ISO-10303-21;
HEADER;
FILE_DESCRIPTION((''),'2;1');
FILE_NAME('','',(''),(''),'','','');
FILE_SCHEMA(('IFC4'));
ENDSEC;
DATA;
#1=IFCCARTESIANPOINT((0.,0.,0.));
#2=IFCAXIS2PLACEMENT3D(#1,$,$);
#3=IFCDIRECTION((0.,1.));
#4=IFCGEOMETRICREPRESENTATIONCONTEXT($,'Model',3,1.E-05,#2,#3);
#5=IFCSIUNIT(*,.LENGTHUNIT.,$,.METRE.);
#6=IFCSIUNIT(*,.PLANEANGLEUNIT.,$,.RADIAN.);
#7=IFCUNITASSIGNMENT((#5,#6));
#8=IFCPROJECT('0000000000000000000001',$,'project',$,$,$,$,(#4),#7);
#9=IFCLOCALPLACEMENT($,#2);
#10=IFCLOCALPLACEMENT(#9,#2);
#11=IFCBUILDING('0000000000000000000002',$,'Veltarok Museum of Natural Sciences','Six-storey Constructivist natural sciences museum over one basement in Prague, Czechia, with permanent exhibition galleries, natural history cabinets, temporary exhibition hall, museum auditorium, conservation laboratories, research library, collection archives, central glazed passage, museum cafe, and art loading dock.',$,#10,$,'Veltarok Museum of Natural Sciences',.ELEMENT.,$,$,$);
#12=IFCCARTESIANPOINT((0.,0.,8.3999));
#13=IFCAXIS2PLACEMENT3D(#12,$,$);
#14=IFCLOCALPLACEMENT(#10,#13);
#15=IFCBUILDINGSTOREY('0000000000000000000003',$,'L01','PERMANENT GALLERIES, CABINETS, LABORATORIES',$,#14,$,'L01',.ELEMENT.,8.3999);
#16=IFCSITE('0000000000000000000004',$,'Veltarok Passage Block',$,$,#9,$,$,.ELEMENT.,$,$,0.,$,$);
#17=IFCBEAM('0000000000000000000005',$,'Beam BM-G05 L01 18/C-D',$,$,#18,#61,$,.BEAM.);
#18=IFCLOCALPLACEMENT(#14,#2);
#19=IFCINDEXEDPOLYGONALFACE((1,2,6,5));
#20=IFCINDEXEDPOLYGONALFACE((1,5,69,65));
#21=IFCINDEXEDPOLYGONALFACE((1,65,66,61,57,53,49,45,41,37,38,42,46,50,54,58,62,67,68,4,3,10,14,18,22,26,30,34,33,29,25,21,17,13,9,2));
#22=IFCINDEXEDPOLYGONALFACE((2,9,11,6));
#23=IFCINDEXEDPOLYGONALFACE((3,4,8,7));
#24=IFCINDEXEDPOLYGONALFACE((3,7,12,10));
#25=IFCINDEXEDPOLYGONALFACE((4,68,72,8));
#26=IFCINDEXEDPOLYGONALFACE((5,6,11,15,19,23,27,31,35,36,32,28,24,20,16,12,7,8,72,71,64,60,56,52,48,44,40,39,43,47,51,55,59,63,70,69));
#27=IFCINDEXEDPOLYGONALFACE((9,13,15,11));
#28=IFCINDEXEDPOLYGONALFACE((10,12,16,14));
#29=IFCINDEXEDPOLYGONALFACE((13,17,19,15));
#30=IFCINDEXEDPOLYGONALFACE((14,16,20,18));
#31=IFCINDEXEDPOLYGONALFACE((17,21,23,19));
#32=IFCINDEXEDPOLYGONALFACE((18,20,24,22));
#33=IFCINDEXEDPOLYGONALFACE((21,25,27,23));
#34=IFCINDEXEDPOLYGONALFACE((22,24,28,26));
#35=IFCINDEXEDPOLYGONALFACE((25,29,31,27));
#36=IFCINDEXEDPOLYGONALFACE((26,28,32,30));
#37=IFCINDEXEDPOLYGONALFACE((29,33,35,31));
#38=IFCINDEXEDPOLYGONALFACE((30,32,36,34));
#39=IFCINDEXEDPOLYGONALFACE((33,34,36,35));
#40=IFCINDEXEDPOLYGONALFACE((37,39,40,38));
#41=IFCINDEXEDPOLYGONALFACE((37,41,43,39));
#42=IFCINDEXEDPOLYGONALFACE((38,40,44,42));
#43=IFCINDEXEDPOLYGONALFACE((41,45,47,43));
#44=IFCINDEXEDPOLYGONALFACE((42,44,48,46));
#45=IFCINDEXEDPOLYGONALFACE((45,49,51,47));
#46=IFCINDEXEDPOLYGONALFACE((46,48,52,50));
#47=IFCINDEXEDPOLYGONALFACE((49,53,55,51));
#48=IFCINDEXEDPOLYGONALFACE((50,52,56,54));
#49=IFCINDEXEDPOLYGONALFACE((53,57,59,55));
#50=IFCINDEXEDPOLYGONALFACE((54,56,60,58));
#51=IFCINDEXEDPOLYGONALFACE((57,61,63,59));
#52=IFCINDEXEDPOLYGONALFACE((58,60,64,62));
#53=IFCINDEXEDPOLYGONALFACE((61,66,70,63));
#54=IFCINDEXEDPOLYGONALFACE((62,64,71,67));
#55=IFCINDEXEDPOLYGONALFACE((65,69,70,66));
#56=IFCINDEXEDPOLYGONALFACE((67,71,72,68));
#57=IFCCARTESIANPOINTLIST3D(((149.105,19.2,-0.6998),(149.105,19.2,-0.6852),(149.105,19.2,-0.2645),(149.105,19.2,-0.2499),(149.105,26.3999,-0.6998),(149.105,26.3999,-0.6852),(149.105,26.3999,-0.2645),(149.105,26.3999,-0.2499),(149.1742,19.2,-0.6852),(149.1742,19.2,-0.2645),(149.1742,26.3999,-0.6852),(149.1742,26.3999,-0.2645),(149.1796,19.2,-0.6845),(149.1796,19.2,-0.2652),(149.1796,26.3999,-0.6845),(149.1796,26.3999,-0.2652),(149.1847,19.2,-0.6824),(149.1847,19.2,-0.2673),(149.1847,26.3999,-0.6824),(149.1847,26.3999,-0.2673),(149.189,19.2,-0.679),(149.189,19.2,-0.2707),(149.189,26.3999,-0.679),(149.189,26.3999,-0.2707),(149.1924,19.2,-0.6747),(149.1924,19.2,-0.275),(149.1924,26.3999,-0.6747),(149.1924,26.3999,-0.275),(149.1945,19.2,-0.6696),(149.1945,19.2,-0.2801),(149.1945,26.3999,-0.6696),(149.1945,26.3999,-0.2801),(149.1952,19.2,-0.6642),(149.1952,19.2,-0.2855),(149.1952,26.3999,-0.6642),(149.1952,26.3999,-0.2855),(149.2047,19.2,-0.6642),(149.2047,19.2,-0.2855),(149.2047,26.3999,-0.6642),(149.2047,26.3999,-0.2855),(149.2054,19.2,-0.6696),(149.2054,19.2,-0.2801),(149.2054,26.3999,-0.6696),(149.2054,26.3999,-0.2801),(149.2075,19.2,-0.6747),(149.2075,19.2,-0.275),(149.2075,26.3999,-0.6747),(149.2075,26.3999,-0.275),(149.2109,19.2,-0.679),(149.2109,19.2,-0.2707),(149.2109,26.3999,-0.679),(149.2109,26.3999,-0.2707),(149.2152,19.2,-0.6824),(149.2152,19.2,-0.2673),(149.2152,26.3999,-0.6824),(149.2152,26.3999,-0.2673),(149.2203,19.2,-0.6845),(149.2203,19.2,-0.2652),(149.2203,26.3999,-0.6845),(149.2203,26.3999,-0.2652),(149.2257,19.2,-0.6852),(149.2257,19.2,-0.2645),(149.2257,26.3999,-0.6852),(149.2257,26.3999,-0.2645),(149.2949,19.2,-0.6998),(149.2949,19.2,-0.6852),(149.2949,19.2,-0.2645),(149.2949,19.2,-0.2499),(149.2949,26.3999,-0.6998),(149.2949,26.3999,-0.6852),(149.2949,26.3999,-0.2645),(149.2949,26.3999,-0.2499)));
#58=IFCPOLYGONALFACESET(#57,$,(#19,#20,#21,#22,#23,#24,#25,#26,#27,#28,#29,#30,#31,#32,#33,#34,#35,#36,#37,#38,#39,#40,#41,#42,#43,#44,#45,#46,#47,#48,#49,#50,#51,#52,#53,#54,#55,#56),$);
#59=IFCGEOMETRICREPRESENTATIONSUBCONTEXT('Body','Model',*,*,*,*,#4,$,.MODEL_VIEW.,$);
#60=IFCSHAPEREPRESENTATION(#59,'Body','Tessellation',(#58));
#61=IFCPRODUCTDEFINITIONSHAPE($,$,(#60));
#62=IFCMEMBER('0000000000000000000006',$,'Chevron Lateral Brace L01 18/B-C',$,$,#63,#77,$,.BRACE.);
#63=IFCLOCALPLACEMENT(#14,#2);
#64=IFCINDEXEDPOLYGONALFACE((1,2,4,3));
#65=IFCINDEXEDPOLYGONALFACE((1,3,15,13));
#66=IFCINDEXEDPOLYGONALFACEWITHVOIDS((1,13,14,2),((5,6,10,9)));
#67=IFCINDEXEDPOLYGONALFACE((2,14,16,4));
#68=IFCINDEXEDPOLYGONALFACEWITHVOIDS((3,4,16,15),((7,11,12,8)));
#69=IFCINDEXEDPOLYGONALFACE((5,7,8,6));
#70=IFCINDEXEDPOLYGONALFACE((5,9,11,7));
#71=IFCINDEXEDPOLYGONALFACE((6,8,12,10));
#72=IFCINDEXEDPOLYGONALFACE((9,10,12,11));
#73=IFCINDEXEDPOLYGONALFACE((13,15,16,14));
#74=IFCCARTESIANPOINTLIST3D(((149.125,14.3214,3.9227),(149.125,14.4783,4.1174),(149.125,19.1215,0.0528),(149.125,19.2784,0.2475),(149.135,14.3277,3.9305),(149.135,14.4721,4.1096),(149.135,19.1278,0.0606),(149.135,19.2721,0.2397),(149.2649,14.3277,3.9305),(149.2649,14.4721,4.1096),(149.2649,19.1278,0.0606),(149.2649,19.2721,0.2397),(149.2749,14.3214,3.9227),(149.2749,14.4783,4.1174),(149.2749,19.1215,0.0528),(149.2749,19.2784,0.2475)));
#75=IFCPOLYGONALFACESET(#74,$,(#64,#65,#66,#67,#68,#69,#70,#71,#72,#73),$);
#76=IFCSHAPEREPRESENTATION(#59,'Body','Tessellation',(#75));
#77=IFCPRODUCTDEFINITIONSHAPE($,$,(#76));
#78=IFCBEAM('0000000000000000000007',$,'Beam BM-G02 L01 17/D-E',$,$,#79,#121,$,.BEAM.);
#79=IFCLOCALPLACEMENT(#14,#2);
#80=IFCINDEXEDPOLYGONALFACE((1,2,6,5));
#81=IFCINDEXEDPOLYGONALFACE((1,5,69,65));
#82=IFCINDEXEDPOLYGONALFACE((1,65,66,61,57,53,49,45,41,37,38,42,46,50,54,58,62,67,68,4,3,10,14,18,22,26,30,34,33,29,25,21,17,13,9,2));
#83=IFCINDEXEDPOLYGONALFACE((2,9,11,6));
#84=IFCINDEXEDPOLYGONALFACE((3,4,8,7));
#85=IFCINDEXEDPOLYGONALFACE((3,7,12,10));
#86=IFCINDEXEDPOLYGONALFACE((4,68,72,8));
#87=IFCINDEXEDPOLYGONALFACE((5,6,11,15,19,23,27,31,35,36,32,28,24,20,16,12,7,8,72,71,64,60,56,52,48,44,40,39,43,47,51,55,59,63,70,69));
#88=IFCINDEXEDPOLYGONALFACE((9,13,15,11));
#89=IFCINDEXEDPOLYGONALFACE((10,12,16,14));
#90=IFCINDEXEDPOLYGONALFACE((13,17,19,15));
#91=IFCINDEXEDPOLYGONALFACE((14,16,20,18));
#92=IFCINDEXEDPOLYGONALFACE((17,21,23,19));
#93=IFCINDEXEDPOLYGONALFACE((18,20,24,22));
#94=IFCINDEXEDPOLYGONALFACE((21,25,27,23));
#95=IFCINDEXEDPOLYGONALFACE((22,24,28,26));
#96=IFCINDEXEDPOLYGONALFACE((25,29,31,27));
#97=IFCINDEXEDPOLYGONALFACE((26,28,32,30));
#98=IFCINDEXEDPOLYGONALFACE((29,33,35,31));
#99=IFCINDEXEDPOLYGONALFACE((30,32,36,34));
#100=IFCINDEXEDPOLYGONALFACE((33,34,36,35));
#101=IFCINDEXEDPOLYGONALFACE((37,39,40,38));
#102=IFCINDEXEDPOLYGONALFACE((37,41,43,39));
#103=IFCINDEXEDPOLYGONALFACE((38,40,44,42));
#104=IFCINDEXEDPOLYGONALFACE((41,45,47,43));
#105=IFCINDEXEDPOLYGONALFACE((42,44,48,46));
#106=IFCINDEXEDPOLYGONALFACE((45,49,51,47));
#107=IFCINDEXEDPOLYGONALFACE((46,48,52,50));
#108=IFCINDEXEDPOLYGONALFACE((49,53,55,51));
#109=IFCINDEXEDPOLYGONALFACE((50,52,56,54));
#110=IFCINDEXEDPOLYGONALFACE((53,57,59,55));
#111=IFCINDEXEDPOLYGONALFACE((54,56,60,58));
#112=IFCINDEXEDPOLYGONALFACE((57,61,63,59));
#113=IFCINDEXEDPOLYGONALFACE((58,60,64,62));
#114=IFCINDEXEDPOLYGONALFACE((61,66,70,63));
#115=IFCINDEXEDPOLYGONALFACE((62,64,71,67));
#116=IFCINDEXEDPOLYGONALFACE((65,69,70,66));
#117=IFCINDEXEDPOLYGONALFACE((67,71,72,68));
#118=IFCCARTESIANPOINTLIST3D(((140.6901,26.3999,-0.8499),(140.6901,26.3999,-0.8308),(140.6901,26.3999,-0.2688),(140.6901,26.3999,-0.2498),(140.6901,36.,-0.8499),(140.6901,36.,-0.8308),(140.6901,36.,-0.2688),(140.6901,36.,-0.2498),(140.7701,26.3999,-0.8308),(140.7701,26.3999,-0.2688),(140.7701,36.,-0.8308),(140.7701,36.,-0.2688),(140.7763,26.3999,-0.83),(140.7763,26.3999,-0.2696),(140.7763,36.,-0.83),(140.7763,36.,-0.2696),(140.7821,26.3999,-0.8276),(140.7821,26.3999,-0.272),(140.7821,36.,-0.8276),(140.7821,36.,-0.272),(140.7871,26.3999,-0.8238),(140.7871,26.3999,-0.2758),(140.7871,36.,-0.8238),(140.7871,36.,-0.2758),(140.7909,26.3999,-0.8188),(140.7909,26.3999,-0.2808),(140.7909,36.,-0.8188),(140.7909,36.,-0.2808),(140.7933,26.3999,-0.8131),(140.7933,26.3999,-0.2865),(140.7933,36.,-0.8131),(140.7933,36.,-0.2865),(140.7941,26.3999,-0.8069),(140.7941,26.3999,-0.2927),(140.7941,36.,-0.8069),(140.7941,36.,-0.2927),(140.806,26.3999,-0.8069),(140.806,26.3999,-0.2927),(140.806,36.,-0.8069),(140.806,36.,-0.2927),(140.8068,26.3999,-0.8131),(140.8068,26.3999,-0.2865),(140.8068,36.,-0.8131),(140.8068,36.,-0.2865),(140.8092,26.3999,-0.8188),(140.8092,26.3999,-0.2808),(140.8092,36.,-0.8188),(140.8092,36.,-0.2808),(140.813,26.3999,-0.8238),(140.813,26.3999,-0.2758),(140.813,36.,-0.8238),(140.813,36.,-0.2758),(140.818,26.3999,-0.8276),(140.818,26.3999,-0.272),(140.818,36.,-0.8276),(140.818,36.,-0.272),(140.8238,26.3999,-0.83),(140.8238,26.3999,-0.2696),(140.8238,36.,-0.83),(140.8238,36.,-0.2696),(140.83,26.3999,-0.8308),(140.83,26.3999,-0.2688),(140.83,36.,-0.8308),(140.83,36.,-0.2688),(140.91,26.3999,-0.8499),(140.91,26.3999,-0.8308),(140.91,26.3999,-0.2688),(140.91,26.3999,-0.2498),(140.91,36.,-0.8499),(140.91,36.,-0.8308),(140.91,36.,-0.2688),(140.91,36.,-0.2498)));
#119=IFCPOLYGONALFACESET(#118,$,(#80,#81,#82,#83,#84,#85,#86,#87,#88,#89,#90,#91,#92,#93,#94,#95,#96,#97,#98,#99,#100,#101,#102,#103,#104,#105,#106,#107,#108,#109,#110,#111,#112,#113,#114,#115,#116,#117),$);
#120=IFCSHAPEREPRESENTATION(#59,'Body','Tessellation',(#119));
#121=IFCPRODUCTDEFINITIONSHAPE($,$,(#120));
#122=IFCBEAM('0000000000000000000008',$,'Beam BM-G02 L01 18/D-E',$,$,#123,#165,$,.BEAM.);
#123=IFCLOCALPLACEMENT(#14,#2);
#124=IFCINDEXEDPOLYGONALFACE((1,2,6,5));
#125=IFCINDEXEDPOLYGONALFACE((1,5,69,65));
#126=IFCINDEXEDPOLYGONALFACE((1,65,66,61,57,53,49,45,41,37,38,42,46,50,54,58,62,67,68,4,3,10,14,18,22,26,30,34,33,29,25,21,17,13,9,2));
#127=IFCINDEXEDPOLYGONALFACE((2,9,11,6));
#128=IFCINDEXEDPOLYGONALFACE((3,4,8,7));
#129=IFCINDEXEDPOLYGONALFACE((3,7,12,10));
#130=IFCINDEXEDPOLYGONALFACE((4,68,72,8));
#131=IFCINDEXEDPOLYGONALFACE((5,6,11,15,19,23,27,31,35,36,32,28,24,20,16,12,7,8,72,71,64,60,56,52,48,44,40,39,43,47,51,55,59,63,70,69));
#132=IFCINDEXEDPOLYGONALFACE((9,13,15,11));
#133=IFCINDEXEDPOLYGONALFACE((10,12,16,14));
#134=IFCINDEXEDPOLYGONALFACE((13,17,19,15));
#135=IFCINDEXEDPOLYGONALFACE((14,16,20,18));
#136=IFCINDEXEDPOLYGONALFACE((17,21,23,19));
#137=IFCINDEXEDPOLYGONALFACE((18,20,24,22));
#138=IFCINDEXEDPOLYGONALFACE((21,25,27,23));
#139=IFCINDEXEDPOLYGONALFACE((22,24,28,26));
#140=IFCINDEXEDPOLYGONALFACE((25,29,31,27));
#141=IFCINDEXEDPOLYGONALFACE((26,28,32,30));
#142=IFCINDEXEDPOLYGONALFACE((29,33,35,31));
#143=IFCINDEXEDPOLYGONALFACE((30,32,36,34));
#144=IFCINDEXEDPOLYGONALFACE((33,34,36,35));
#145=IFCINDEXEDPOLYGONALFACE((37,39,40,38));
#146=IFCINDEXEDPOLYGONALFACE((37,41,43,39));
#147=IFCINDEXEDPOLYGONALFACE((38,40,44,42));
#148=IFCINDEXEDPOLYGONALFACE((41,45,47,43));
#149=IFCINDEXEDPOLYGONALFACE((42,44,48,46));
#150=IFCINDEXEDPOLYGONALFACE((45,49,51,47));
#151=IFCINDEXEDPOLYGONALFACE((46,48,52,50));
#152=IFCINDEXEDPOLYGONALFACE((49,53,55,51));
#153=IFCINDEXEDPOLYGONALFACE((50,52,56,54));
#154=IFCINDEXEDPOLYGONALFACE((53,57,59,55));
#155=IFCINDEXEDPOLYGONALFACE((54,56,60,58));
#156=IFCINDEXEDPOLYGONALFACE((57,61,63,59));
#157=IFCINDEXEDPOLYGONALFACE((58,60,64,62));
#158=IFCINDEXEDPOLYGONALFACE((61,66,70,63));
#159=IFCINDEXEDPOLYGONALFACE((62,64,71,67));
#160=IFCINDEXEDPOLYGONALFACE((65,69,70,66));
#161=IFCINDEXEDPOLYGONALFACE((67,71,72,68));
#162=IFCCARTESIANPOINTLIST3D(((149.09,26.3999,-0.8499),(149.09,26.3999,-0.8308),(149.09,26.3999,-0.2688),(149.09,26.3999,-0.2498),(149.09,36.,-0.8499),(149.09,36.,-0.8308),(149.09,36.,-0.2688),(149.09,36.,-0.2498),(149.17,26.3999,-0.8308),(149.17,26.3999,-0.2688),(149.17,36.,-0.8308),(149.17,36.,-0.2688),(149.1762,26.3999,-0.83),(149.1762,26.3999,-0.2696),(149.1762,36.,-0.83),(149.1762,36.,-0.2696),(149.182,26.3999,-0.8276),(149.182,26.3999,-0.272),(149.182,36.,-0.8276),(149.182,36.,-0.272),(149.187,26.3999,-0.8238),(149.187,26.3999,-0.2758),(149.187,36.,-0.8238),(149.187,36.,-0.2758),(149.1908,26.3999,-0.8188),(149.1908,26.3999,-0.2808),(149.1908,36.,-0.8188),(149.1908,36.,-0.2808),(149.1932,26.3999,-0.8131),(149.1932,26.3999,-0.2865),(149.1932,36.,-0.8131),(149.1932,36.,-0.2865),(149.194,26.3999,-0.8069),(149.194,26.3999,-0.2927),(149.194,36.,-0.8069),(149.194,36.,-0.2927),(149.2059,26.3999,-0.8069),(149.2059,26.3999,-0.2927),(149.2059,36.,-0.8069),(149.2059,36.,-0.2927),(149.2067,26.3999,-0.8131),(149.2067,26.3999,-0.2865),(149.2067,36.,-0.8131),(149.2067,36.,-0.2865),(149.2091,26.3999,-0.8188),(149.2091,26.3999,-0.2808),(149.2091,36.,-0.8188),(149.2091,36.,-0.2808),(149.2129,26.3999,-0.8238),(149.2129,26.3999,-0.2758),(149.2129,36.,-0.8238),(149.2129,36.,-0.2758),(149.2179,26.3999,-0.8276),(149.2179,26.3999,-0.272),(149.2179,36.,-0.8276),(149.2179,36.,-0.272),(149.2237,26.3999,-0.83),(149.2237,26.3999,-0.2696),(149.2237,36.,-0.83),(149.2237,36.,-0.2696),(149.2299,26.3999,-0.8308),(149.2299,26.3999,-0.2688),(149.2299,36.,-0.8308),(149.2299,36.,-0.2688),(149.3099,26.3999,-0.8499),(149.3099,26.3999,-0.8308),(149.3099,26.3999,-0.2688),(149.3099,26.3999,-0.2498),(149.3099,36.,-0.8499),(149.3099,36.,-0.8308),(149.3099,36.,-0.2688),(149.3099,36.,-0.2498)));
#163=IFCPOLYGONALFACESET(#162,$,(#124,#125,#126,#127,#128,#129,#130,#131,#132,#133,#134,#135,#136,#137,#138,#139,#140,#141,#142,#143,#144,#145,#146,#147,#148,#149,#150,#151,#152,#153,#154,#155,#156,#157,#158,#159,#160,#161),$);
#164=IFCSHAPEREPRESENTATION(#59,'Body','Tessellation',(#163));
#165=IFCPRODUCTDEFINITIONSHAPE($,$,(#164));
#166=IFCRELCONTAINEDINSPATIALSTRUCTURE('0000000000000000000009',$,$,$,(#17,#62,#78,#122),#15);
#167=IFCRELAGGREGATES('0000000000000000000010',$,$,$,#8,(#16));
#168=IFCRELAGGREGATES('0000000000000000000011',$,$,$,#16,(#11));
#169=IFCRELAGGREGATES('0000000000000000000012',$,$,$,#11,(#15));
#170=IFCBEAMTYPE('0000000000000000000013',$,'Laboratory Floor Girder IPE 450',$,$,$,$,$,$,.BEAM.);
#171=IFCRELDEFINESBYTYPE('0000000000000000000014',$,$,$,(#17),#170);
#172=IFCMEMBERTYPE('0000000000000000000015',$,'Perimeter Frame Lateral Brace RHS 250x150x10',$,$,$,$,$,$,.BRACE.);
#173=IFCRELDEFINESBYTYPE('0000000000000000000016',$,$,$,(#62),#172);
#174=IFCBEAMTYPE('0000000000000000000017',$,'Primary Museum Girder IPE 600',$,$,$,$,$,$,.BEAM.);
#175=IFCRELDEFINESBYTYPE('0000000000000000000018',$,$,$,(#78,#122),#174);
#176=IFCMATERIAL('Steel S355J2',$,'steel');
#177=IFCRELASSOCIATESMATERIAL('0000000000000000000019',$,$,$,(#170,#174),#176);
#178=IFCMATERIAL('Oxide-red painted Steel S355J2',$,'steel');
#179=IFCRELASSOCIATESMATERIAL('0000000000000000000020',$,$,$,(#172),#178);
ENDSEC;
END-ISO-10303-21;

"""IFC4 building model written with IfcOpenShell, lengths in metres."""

from ifc_helpers import new_model, si_unit, direction, frame, origin, origin_2d, place, context, subcontext, project, spatial, hollow_rectangle, i_section, extrude, material, material_profile, profile_set, type_object, element, save


model = new_model("IFC4")

# Units and contexts
model_context = context("Model", 3, precision=1e-05, world=origin(), true_north=direction((0.0, 1.0)))
body_context = subcontext(model_context, "Body", "Model", "MODEL_VIEW")
ifc_project = project(units=[si_unit("LENGTHUNIT", "METRE"), si_unit("PLANEANGLEUNIT", "RADIAN")], contexts=[model_context])

# Site, building, storey
site_placement = place(None, origin())
site = spatial("IfcSite", under=ifc_project, at=site_placement, Name="Veltarok Passage Block", CompositionType="ELEMENT", RefElevation=0.0)
building_placement = place(site_placement, origin())
building = spatial("IfcBuilding", under=site, at=building_placement, Name="Veltarok Museum of Natural Sciences", Description="Six-storey Constructivist natural sciences museum over one basement in Prague, Czechia, with permanent exhibition galleries, natural history cabinets, temporary exhibition hall, museum auditorium, conservation laboratories, research library, collection archives, central glazed passage, museum cafe, and art loading dock.", LongName="Veltarok Museum of Natural Sciences", CompositionType="ELEMENT")
storey_placement = place(building_placement, frame((0.0, 0.0, 8.3999)))
storey = spatial("IfcBuildingStorey", under=building, at=storey_placement, Name="L01", Description="PERMANENT GALLERIES, CABINETS, LABORATORIES", LongName="L01", CompositionType="ELEMENT", Elevation=8.3999)

# Shared definitions
ifc_material_1 = material(Name="Steel S355J2", Category="steel")

# Beam
ifc_material_profile_1 = material_profile(ifc_material_1, i_section(OverallWidth=0.1899, OverallDepth=0.45, WebThickness=0.0095, FlangeThickness=0.0146, FilletRadius=0.021, at=origin_2d()), Name="IPE 450")
ifc_profile_set_1 = profile_set([ifc_material_profile_1], Name="Steel S355J2")
beam_type_1 = type_object("IfcBeamType", Name="Laboratory Floor Girder IPE 450", PredefinedType="BEAM", material=ifc_profile_set_1)
for number, where, z_axis, x_axis, name in (
    (1, (149.2, 19.2, -0.4749), (0.0, 1.0, 0.0), (-1.0, 0.0, 0.0), "Beam BM-G05 L01 18/C-D"),
):
    element("IfcBeam", number, at=place(storey_placement, frame(where, z_axis=z_axis, x_axis=x_axis)), inside=storey, type_object=beam_type_1, Name=name, PredefinedType="BEAM", context=body_context, shape_type="SweptSolid", body=[
        extrude(i_section(OverallWidth=0.1899, OverallDepth=0.45, WebThickness=0.0095, FlangeThickness=0.0146, FilletRadius=0.021, at=origin_2d()), origin(), (0.0, 0.0, 1.0), 7.2),
    ])

# Member
ifc_material_2 = material(Name="Oxide-red painted Steel S355J2", Category="steel")
ifc_material_profile_2 = material_profile(ifc_material_2, hollow_rectangle(XDim=0.1499, YDim=0.25, WallThickness=0.01, at=origin_2d()), Name="RHS 250x150x10")
ifc_profile_set_2 = profile_set([ifc_material_profile_2], Name="Oxide-red painted Steel S355J2")
member_type = type_object("IfcMemberType", Name="Perimeter Frame Lateral Brace RHS 250x150x10", PredefinedType="BRACE", material=ifc_profile_set_2)
member_placement = place(storey_placement, frame((149.2, 19.2, 0.1501), z_axis=(0.0, -0.778503, 0.627641), x_axis=(1.0, 0.0, 0.0)))
element("IfcMember", 2, at=member_placement, inside=storey, type_object=member_type, Name="Chevron Lateral Brace L01 18/B-C", PredefinedType="BRACE", context=body_context, shape_type="SweptSolid", body=[
    extrude(hollow_rectangle(XDim=0.1499, YDim=0.25, WallThickness=0.01, at=origin_2d()), origin(), (0.0, 0.0, 1.0), 6.1658),
])

# Beams
ifc_material_profile_3 = material_profile(ifc_material_1, i_section(OverallWidth=0.22, OverallDepth=0.6001, WebThickness=0.012, FlangeThickness=0.019, FilletRadius=0.0239, at=origin_2d()), Name="IPE 600")
ifc_profile_set_3 = profile_set([ifc_material_profile_3], Name="Steel S355J2")
beam_type_2 = type_object("IfcBeamType", Name="Primary Museum Girder IPE 600", PredefinedType="BEAM", material=ifc_profile_set_3)
for number, where, z_axis, x_axis, name in (
    (3, (140.8, 26.3999, -0.5498), (0.0, 1.0, 0.0), (-1.0, 0.0, 0.0), "Beam BM-G02 L01 17/D-E"),
    (4, (149.2, 26.3999, -0.5498), (0.0, 1.0, 0.0), (-1.0, 0.0, 0.0), "Beam BM-G02 L01 18/D-E"),
):
    element("IfcBeam", number, at=place(storey_placement, frame(where, z_axis=z_axis, x_axis=x_axis)), inside=storey, type_object=beam_type_2, Name=name, PredefinedType="BEAM", context=body_context, shape_type="SweptSolid", body=[
        extrude(i_section(OverallWidth=0.22, OverallDepth=0.6001, WebThickness=0.012, FlangeThickness=0.019, FilletRadius=0.0239, at=origin_2d()), origin(), (0.0, 0.0, 1.0), 9.6001),
    ])

save(model, "model.ifc")
